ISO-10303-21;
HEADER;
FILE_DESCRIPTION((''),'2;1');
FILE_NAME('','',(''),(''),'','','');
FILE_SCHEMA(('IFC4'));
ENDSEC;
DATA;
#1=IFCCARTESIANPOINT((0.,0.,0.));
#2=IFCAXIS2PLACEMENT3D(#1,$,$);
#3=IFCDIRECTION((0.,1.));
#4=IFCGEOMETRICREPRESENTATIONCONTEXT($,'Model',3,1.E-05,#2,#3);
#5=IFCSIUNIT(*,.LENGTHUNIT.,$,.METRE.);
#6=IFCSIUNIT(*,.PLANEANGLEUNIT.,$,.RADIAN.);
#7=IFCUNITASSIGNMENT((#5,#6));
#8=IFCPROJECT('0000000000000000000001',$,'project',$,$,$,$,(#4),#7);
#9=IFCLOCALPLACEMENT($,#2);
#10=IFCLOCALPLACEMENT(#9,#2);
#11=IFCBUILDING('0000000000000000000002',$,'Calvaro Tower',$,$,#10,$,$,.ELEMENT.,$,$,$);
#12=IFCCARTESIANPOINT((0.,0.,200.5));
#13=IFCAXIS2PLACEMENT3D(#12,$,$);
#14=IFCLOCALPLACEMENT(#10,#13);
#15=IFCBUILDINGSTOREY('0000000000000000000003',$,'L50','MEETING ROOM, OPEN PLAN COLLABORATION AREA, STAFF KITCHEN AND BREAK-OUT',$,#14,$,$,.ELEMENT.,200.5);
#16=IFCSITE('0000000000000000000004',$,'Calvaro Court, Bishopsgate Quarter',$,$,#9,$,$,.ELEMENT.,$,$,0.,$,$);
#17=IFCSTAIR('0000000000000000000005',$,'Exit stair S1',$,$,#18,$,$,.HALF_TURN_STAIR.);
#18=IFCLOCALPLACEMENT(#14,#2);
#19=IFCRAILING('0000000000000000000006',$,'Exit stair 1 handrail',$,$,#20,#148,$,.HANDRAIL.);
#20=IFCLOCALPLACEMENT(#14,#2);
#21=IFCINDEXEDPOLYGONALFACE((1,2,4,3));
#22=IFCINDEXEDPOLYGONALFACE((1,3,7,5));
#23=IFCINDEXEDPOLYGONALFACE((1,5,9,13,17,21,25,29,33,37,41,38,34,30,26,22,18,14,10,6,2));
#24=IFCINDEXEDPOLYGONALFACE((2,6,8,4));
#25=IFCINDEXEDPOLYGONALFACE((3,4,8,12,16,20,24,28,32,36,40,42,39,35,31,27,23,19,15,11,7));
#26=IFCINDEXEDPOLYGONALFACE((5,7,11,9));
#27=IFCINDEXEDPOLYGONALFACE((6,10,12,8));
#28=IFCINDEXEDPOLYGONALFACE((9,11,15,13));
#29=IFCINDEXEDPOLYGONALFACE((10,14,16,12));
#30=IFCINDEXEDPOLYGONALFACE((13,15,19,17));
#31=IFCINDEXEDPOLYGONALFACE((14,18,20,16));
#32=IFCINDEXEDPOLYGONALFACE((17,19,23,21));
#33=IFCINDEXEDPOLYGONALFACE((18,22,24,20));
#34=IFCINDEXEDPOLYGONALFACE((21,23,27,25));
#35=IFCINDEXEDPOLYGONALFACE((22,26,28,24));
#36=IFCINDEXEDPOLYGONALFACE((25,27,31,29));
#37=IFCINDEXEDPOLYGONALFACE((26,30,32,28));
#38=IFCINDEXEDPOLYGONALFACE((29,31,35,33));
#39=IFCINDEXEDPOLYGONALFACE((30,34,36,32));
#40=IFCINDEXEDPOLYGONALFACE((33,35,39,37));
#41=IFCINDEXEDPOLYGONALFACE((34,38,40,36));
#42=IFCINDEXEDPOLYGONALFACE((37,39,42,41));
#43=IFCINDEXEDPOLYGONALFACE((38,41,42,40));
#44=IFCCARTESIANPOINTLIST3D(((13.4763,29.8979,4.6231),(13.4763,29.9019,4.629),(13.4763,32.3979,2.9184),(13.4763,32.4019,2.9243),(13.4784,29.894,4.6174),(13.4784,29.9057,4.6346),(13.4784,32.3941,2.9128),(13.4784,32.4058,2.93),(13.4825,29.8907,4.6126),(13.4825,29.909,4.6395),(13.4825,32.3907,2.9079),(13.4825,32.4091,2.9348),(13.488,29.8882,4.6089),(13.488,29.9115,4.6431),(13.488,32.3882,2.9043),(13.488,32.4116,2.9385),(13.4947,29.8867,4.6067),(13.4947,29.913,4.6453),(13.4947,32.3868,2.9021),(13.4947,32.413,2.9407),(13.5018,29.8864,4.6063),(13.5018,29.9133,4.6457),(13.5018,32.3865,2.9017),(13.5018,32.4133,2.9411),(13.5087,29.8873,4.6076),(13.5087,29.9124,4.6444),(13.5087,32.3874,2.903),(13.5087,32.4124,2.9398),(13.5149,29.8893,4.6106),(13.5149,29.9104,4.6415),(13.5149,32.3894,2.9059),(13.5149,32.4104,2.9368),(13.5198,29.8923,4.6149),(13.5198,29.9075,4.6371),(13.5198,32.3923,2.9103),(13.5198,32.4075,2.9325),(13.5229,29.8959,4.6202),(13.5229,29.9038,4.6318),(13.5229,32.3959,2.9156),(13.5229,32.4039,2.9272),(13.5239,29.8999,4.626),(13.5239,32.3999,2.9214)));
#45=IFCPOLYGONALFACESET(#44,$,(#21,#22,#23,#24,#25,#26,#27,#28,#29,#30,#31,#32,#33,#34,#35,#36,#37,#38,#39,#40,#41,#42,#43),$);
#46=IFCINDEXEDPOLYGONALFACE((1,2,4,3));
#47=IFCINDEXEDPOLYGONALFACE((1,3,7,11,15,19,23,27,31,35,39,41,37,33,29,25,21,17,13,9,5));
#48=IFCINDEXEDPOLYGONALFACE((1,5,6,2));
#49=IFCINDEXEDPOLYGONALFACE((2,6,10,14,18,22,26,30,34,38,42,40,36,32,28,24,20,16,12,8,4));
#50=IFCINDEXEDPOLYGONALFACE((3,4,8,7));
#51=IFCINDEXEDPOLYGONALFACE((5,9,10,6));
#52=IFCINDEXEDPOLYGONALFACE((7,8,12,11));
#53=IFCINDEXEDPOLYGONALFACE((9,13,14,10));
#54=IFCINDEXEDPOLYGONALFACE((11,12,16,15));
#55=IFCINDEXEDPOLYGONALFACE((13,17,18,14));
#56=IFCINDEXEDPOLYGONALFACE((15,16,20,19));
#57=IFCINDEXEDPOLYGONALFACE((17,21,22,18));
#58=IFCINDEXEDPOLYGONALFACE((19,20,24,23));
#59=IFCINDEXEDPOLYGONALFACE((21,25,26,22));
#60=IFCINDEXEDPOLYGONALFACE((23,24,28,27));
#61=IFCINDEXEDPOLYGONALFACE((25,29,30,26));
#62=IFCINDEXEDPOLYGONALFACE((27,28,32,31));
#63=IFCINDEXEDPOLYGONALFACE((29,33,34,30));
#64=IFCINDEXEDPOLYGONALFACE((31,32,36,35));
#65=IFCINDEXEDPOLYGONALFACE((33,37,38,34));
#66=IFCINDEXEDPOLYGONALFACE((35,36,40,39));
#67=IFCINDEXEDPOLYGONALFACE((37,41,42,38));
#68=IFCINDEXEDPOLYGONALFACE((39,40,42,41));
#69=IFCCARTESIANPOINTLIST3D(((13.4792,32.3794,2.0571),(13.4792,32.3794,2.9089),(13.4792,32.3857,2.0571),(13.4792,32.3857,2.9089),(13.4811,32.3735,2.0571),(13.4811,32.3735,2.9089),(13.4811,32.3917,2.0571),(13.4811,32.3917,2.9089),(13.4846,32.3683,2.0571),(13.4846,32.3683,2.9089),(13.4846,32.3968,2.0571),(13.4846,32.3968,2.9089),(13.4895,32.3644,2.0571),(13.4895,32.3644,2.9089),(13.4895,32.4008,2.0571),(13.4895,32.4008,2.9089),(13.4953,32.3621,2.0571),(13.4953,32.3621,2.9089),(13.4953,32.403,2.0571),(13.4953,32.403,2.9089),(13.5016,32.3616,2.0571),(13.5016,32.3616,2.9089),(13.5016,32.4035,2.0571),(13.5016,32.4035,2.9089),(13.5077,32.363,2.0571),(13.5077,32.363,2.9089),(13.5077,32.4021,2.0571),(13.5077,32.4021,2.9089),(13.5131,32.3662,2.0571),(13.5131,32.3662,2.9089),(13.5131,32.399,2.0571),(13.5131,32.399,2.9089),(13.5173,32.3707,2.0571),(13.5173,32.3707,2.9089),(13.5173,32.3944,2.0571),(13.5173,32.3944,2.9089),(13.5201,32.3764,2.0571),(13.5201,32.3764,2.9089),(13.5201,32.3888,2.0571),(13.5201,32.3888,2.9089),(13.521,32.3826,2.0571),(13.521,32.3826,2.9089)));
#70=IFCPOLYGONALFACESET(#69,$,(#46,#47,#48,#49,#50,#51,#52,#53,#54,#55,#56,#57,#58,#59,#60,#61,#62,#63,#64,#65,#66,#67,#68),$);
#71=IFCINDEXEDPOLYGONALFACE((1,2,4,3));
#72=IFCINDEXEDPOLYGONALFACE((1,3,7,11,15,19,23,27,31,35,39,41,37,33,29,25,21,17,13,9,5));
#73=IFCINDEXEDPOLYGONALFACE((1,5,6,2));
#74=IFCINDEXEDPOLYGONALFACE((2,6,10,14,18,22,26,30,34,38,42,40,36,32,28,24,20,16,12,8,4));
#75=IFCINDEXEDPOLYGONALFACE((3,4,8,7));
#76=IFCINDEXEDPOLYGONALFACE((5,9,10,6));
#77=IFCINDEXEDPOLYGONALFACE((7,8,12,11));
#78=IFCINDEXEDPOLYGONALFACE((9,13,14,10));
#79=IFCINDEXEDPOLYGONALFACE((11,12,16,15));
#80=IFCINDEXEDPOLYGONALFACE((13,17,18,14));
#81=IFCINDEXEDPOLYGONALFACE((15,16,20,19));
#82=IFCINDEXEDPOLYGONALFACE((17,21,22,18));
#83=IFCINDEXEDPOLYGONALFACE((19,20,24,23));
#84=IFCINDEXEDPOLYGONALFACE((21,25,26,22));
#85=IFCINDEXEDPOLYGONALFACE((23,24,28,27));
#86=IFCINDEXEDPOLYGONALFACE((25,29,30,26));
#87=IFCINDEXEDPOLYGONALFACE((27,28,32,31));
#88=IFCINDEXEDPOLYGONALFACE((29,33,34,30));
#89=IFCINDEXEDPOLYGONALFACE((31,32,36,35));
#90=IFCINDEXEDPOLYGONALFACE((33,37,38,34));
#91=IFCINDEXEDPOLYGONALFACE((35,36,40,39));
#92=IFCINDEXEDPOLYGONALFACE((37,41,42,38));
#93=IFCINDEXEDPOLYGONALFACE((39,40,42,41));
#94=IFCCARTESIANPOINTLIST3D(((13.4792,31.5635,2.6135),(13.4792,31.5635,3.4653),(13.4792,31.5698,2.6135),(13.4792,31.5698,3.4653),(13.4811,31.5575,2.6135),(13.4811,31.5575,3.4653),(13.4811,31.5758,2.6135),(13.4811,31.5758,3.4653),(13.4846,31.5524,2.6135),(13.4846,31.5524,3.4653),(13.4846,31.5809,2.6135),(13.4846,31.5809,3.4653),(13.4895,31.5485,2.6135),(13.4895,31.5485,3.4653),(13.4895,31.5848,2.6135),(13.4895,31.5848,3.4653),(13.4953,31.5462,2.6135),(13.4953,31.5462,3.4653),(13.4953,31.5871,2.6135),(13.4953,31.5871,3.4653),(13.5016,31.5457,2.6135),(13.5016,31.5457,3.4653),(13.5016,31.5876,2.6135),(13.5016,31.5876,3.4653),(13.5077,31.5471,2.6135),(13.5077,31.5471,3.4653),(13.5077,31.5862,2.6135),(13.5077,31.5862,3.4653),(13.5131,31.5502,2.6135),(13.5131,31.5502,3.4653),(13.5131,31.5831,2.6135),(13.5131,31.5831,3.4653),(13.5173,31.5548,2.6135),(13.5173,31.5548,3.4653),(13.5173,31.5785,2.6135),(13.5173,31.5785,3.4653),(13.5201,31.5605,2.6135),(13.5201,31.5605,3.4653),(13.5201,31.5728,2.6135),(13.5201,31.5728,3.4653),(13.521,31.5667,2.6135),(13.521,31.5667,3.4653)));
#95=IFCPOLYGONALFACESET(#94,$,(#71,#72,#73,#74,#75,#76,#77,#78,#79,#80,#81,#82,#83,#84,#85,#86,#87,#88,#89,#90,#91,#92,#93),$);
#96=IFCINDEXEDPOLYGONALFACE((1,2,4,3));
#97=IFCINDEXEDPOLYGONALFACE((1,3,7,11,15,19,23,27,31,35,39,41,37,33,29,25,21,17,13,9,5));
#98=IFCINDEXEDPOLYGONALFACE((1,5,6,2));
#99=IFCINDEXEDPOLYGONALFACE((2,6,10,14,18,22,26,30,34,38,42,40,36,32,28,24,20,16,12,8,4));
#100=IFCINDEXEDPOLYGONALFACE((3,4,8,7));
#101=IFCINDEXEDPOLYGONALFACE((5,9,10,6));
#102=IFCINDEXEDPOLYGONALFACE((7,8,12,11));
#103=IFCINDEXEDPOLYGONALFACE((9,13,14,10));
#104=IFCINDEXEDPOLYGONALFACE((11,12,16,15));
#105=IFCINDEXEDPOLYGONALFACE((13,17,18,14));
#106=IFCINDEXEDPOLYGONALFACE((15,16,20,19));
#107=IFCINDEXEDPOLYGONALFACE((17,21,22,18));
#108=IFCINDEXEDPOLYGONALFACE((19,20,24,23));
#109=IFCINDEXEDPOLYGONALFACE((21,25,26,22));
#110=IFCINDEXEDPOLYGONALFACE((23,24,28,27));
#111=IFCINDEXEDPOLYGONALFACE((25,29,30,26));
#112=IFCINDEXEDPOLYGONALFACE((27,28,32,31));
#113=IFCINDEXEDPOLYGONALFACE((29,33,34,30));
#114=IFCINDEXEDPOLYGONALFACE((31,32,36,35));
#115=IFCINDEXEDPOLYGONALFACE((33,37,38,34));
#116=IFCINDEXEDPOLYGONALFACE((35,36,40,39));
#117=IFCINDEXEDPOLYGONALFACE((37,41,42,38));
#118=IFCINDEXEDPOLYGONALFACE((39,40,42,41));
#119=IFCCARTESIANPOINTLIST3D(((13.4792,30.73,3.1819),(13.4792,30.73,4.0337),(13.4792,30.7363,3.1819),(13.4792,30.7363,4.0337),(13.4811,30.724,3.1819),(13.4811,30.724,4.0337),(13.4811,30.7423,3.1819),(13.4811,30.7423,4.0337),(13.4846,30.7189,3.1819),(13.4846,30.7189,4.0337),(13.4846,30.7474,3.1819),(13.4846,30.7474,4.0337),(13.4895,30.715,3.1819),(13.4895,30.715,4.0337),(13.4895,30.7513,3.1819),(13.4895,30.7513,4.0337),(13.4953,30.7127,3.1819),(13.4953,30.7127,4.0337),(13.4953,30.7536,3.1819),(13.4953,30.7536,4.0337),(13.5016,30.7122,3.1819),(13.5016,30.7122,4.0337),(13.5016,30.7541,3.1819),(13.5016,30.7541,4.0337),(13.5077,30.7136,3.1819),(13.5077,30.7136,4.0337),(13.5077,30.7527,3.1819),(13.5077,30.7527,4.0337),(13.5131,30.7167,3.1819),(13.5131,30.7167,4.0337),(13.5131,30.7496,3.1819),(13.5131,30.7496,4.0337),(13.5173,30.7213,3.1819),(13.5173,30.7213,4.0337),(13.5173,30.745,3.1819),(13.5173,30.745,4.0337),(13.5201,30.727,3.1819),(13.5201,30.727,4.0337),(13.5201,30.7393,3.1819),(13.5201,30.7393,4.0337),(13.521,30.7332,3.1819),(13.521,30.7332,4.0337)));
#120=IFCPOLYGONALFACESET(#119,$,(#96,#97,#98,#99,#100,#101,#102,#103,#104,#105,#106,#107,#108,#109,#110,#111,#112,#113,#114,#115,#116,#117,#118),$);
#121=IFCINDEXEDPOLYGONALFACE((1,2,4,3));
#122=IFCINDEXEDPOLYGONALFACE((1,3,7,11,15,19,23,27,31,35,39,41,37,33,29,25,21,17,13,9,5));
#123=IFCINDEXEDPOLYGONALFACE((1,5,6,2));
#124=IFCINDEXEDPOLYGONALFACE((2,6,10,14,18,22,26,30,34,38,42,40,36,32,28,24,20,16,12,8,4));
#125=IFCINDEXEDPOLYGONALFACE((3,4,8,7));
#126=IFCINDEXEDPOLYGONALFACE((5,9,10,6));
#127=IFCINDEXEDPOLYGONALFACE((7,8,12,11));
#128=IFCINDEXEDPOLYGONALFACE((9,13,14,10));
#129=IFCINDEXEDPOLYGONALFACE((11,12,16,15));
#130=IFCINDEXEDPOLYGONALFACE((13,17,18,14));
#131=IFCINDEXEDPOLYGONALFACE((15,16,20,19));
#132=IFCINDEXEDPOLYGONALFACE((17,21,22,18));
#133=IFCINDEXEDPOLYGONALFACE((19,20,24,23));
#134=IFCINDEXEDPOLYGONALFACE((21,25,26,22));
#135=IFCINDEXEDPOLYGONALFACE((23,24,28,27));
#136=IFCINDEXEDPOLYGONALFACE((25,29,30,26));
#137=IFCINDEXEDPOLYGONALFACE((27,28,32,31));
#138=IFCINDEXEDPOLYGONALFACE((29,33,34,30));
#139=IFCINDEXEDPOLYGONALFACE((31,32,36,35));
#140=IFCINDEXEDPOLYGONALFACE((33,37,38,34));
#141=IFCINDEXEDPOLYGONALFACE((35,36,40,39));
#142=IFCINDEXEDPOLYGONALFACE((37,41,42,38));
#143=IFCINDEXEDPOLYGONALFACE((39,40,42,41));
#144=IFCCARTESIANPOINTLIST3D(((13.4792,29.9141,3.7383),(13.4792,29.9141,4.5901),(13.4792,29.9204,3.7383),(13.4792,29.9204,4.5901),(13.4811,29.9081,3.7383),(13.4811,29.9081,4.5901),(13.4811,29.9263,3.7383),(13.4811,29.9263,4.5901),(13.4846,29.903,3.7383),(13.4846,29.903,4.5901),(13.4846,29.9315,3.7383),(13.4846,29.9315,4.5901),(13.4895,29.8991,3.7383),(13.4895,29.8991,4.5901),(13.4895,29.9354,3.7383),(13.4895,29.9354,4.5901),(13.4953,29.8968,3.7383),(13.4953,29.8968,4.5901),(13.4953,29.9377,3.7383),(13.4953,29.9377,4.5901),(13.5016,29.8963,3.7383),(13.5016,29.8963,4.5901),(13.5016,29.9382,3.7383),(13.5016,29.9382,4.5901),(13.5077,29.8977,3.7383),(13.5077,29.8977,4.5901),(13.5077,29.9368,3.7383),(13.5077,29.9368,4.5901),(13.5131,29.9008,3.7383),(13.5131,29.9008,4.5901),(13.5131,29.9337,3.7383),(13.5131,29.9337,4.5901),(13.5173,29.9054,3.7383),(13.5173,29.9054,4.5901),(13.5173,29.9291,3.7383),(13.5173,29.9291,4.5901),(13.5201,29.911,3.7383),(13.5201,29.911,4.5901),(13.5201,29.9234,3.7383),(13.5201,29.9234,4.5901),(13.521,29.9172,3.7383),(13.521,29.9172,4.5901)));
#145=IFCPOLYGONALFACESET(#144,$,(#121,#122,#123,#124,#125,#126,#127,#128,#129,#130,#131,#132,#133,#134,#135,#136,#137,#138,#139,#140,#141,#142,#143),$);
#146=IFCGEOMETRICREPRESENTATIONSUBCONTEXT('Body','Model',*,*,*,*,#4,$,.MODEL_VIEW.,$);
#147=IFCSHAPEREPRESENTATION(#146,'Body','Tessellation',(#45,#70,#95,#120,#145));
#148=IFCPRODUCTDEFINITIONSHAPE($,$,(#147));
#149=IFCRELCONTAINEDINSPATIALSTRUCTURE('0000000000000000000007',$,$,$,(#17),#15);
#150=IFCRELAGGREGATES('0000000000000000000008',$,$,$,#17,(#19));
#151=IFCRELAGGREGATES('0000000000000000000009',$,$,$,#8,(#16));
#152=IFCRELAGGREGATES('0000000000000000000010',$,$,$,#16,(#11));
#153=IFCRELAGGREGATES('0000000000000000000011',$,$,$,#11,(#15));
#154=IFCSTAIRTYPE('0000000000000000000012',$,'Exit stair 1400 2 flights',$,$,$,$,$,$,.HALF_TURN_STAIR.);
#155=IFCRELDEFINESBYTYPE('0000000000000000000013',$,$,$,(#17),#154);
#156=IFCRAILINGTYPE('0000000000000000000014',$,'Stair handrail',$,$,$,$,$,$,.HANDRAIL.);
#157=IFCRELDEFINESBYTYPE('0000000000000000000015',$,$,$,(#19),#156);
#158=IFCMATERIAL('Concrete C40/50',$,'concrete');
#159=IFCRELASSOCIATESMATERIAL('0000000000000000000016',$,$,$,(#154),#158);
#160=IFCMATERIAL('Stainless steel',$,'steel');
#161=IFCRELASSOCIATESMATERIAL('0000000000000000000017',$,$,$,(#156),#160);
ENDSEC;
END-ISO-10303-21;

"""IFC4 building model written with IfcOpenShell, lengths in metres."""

from ifc_helpers import new_model, si_unit, direction, frame, origin, origin_2d, place, context, subcontext, project, spatial, circle, extrude, material, type_object, element, aggregate, save


model = new_model("IFC4")

# Units and contexts
model_context = context("Model", 3, precision=1e-05, world=origin(), true_north=direction((0.0, 1.0)))
body_context = subcontext(model_context, "Body", "Model", "MODEL_VIEW")
ifc_project = project(units=[si_unit("LENGTHUNIT", "METRE"), si_unit("PLANEANGLEUNIT", "RADIAN")], contexts=[model_context])

# Site, building, storey
site_placement = place(None, origin())
site = spatial("IfcSite", under=ifc_project, at=site_placement, Name="Calvaro Court, Bishopsgate Quarter", CompositionType="ELEMENT", RefElevation=0.0)
building_placement = place(site_placement, origin())
building = spatial("IfcBuilding", under=site, at=building_placement, Name="Calvaro Tower", CompositionType="ELEMENT")
storey_placement = place(building_placement, frame((0.0, 0.0, 200.5)))
storey = spatial("IfcBuildingStorey", under=building, at=storey_placement, Name="L50", Description="MEETING ROOM, OPEN PLAN COLLABORATION AREA, STAFF KITCHEN AND BREAK-OUT", CompositionType="ELEMENT", Elevation=200.5)

# Stair, railing
ifc_material_1 = material(Name="Concrete C40/50", Category="concrete")
stair_type = type_object("IfcStairType", Name="Exit stair 1400 2 flights", PredefinedType="HALF_TURN_STAIR", material=ifc_material_1)
stair_placement = place(storey_placement, origin())
stair = element("IfcStair", 1, at=stair_placement, inside=storey, type_object=stair_type, Name="Exit stair S1", PredefinedType="HALF_TURN_STAIR")
ifc_material_2 = material(Name="Stainless steel", Category="steel")
railing_type = type_object("IfcRailingType", Name="Stair handrail", PredefinedType="HANDRAIL", material=ifc_material_2)
railing_1_placement = place(storey_placement, frame((13.5, 32.3999, 2.0454)))
railing_1 = element("IfcRailing", 2, at=railing_1_placement, type_object=railing_type, Name="Exit stair 1 handrail", PredefinedType="HANDRAIL", context=body_context, shape_type="SweptSolid", body=[
    extrude(circle(Radius=0.0239, at=origin_2d()), frame((0.0, 0.0, 0.876), z_axis=(0.0, -0.826221, 0.563347), x_axis=(1.0, 0.0, 0.0)), (0.0, 0.0, 1.0), 3.0259),
    extrude(circle(Radius=0.021, at=origin_2d()), frame((0.0, -0.0173, 0.0117)), (0.0, 0.0, 1.0), 0.8518),
    extrude(circle(Radius=0.021, at=origin_2d()), frame((0.0, -0.8333, 0.5681)), (0.0, 0.0, 1.0), 0.8518),
    extrude(circle(Radius=0.021, at=origin_2d()), frame((0.0, -1.6667, 1.1365)), (0.0, 0.0, 1.0), 0.8518),
    extrude(circle(Radius=0.021, at=origin_2d()), frame((0.0, -2.4827, 1.6929)), (0.0, 0.0, 1.0), 0.8518),
])
aggregate(stair, [railing_1])

save(model, "model.ifc")
